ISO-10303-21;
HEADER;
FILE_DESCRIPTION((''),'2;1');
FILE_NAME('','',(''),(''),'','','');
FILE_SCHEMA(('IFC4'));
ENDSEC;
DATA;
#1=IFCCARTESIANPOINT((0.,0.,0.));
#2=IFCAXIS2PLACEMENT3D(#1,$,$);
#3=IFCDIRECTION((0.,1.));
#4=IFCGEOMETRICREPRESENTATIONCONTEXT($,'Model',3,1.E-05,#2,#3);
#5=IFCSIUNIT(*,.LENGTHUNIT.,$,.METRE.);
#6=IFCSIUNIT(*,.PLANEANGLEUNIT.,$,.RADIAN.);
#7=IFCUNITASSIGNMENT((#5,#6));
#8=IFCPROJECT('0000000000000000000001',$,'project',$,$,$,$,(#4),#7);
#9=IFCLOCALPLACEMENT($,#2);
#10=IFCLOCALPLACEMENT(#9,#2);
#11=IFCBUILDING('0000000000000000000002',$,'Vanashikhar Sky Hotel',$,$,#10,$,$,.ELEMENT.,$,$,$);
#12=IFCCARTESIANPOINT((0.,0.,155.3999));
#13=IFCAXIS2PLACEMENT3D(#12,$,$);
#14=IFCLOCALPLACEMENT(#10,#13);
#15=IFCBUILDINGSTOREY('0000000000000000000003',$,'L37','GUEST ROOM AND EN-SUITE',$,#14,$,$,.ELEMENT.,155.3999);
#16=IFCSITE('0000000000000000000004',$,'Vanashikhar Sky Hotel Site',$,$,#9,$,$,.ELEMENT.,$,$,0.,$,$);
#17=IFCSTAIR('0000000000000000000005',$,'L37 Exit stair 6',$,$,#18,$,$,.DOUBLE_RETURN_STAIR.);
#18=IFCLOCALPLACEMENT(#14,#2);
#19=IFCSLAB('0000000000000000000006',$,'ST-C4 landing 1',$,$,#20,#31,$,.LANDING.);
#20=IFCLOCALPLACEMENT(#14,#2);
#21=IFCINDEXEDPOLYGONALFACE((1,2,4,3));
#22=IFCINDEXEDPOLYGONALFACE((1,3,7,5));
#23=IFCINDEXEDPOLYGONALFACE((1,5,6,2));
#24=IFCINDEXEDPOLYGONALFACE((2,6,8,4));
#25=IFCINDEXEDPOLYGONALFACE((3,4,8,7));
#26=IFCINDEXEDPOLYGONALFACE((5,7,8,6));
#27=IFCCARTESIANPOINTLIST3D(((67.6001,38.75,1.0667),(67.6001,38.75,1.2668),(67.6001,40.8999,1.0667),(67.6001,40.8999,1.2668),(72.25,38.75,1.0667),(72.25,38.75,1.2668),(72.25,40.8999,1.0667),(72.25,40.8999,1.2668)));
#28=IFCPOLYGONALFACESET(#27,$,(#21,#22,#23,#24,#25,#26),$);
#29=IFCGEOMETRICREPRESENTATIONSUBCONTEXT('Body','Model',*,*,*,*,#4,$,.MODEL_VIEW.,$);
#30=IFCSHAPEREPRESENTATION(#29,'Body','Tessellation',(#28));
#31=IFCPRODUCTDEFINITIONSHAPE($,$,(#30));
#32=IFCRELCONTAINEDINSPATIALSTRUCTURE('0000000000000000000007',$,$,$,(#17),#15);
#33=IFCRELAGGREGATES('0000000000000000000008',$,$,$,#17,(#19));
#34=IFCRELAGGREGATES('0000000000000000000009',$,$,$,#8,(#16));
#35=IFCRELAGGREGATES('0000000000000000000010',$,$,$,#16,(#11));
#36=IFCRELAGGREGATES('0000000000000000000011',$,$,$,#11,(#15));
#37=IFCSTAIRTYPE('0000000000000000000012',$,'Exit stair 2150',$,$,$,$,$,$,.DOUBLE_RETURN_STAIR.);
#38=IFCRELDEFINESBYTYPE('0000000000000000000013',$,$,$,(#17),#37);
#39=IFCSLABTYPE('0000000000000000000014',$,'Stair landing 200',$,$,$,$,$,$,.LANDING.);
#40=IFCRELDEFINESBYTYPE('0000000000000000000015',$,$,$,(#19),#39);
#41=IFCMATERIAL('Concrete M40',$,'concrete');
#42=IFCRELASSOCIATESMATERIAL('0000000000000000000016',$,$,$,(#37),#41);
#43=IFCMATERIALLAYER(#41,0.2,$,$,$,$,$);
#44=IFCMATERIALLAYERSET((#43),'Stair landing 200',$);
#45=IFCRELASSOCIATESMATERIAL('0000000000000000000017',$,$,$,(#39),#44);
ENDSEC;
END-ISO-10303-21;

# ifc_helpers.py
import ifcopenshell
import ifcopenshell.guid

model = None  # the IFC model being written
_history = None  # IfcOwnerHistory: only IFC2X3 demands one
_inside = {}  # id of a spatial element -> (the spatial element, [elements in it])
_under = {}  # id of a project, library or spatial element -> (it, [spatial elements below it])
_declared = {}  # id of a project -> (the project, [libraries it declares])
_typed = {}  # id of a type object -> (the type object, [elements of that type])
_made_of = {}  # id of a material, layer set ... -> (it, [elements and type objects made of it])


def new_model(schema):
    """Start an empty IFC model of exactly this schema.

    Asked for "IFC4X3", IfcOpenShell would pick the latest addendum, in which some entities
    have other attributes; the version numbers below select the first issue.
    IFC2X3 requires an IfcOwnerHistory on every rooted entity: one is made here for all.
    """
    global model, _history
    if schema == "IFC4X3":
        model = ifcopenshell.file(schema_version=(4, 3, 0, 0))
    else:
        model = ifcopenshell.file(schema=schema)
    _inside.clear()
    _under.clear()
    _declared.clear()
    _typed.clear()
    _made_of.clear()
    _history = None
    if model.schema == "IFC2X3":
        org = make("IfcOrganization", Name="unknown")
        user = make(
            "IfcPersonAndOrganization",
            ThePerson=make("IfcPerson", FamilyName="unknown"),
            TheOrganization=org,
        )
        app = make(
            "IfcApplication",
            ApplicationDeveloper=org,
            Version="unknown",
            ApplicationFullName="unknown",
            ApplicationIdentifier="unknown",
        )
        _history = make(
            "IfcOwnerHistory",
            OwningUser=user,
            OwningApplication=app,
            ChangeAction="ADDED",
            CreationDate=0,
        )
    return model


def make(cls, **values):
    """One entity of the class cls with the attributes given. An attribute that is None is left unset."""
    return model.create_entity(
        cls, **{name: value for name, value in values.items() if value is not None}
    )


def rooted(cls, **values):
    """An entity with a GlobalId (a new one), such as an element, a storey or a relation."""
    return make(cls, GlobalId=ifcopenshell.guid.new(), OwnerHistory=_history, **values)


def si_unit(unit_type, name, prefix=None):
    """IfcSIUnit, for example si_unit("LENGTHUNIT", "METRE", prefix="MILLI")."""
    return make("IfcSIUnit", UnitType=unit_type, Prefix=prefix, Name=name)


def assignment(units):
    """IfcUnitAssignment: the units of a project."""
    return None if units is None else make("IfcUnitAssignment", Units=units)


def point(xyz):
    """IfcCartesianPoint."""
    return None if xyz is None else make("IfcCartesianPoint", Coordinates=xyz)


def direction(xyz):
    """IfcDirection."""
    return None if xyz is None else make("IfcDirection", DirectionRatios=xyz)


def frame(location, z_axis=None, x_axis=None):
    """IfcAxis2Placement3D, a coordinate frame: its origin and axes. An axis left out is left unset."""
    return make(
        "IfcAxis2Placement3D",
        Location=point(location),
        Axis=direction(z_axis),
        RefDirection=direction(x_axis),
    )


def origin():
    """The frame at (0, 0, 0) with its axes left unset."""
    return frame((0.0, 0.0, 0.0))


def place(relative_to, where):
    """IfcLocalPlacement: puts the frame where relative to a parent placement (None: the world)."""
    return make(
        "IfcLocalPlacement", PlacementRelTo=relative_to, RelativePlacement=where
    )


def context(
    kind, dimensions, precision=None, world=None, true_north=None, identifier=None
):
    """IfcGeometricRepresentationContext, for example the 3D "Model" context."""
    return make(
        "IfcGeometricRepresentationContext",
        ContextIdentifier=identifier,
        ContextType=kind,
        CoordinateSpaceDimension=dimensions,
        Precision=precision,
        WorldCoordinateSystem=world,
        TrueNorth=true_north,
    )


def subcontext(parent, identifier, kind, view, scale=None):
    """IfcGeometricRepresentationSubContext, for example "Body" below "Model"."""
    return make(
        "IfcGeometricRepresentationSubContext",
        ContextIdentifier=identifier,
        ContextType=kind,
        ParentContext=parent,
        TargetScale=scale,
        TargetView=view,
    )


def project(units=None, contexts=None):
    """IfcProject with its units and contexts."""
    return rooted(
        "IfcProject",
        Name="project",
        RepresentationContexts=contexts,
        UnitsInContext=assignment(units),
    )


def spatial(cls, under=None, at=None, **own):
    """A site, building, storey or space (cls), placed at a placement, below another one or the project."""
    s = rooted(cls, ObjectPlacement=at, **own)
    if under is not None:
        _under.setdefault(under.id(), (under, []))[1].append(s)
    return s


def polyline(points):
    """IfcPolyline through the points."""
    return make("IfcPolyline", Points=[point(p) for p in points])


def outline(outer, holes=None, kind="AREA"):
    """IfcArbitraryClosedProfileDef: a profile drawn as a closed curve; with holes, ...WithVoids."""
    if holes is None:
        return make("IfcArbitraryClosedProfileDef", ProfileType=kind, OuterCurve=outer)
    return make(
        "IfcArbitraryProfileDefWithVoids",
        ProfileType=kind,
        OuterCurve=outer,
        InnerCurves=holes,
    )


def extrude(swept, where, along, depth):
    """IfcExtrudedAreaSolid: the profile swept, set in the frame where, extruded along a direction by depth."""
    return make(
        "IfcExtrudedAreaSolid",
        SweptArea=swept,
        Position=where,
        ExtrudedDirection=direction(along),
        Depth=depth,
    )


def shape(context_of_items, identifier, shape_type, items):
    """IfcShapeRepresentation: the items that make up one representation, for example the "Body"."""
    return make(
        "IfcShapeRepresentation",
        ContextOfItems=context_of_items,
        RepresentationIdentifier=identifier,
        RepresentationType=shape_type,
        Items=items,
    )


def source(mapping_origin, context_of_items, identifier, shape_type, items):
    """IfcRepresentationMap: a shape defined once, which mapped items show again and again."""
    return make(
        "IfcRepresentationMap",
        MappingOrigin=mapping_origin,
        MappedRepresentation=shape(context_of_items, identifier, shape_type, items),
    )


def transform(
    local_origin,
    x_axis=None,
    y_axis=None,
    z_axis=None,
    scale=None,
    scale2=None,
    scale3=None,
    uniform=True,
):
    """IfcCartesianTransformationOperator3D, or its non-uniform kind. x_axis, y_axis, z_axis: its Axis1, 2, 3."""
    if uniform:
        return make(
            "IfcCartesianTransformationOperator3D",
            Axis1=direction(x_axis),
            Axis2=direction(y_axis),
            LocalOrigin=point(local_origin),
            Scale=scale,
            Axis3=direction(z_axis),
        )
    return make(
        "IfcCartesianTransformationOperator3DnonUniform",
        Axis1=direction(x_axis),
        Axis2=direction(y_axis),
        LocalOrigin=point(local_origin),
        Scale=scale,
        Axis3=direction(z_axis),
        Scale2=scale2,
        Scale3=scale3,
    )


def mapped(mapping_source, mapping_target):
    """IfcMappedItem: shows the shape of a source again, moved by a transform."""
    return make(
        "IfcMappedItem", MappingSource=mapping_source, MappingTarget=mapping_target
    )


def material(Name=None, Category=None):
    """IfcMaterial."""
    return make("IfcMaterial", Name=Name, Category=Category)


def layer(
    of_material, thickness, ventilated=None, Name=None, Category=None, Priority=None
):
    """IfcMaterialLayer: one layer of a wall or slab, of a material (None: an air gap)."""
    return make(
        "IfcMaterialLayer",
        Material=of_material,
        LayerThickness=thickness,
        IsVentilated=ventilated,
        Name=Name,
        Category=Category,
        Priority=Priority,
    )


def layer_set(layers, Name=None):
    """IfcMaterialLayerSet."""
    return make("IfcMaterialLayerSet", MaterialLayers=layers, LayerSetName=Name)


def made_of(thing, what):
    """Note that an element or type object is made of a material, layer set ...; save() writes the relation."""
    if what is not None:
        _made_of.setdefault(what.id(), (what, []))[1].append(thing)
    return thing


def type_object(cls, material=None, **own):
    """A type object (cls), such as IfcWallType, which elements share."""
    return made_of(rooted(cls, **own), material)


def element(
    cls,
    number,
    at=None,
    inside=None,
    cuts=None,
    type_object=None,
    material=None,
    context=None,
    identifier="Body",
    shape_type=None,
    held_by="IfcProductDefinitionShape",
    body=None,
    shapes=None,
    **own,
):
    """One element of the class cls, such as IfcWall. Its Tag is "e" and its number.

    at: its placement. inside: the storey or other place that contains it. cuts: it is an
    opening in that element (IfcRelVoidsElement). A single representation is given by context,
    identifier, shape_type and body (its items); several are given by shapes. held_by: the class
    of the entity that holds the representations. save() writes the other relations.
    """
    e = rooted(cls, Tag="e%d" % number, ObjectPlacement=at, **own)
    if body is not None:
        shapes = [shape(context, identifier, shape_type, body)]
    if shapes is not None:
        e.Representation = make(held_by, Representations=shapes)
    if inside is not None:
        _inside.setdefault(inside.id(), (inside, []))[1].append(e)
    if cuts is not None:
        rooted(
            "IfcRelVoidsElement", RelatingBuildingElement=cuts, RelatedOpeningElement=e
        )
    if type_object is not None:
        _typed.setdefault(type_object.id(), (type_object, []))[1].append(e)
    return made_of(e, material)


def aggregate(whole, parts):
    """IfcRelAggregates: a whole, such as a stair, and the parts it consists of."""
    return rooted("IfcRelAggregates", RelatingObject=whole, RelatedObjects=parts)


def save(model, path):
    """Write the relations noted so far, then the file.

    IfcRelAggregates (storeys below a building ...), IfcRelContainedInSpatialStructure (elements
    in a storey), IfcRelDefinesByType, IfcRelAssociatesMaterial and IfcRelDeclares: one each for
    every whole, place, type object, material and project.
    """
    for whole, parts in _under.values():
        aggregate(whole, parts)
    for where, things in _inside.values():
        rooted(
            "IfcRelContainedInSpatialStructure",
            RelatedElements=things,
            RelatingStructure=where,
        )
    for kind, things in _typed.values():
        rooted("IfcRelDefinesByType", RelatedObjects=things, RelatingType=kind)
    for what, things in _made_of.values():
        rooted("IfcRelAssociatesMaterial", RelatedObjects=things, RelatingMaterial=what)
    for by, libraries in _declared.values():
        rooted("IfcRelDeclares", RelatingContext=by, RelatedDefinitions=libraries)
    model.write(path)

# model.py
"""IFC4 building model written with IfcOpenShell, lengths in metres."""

from ifc_helpers import new_model, si_unit, direction, frame, origin, place, context, subcontext, project, spatial, polyline, outline, extrude, source, transform, mapped, material, layer, layer_set, type_object, element, aggregate, save


model = new_model("IFC4")

# Units and contexts
model_context = context("Model", 3, precision=1e-05, world=origin(), true_north=direction((0.0, 1.0)))
body_context = subcontext(model_context, "Body", "Model", "MODEL_VIEW")
ifc_project = project(units=[si_unit("LENGTHUNIT", "METRE"), si_unit("PLANEANGLEUNIT", "RADIAN")], contexts=[model_context])

# Site, building, storey
site_placement = place(None, origin())
site = spatial("IfcSite", under=ifc_project, at=site_placement, Name="Vanashikhar Sky Hotel Site", CompositionType="ELEMENT", RefElevation=0.0)
building_placement = place(site_placement, origin())
building = spatial("IfcBuilding", under=site, at=building_placement, Name="Vanashikhar Sky Hotel", CompositionType="ELEMENT")
storey_placement = place(building_placement, frame((0.0, 0.0, 155.3999)))
storey = spatial("IfcBuildingStorey", under=building, at=storey_placement, Name="L37", Description="GUEST ROOM AND EN-SUITE", CompositionType="ELEMENT", Elevation=155.3999)

# Shared definitions
ifc_material = material(Name="Concrete M40", Category="concrete")

# Shared definitions
stair_type = type_object("IfcStairType", Name="Exit stair 2150", PredefinedType="DOUBLE_RETURN_STAIR", material=ifc_material)
ifc_layer_1 = layer(ifc_material, 0.2)
ifc_layer_set_1 = layer_set([ifc_layer_1], Name="Stair landing 200")
slab_type_1 = type_object("IfcSlabType", Name="Stair landing 200", PredefinedType="LANDING", material=ifc_layer_set_1)

# Stair, slab
stair_1_placement = place(storey_placement, origin())
stair_1 = element("IfcStair", 1, at=stair_1_placement, inside=storey, type_object=stair_type, Name="L37 Exit stair 6", PredefinedType="DOUBLE_RETURN_STAIR")
shared_shape_1 = source(origin(), body_context, "Body", "SweptSolid", [
    extrude(outline(polyline([(72.25, 38.75), (72.25, 40.8999), (67.6001, 40.8999), (67.6001, 38.75), (72.25, 38.75)])), origin(), (0.0, 0.0, 1.0), 0.2002),
])
slab_1_placement = place(storey_placement, frame((0.0, 0.0, 1.0667)))
slab_1 = element("IfcSlab", 2, at=slab_1_placement, type_object=slab_type_1, Name="ST-C4 landing 1", PredefinedType="LANDING", context=body_context, shape_type="MappedRepresentation", body=[
    mapped(shared_shape_1, transform((0.0, 0.0, 0.0), scale=1.0)),
])
aggregate(stair_1, [slab_1])

save(model, "model.ifc")
